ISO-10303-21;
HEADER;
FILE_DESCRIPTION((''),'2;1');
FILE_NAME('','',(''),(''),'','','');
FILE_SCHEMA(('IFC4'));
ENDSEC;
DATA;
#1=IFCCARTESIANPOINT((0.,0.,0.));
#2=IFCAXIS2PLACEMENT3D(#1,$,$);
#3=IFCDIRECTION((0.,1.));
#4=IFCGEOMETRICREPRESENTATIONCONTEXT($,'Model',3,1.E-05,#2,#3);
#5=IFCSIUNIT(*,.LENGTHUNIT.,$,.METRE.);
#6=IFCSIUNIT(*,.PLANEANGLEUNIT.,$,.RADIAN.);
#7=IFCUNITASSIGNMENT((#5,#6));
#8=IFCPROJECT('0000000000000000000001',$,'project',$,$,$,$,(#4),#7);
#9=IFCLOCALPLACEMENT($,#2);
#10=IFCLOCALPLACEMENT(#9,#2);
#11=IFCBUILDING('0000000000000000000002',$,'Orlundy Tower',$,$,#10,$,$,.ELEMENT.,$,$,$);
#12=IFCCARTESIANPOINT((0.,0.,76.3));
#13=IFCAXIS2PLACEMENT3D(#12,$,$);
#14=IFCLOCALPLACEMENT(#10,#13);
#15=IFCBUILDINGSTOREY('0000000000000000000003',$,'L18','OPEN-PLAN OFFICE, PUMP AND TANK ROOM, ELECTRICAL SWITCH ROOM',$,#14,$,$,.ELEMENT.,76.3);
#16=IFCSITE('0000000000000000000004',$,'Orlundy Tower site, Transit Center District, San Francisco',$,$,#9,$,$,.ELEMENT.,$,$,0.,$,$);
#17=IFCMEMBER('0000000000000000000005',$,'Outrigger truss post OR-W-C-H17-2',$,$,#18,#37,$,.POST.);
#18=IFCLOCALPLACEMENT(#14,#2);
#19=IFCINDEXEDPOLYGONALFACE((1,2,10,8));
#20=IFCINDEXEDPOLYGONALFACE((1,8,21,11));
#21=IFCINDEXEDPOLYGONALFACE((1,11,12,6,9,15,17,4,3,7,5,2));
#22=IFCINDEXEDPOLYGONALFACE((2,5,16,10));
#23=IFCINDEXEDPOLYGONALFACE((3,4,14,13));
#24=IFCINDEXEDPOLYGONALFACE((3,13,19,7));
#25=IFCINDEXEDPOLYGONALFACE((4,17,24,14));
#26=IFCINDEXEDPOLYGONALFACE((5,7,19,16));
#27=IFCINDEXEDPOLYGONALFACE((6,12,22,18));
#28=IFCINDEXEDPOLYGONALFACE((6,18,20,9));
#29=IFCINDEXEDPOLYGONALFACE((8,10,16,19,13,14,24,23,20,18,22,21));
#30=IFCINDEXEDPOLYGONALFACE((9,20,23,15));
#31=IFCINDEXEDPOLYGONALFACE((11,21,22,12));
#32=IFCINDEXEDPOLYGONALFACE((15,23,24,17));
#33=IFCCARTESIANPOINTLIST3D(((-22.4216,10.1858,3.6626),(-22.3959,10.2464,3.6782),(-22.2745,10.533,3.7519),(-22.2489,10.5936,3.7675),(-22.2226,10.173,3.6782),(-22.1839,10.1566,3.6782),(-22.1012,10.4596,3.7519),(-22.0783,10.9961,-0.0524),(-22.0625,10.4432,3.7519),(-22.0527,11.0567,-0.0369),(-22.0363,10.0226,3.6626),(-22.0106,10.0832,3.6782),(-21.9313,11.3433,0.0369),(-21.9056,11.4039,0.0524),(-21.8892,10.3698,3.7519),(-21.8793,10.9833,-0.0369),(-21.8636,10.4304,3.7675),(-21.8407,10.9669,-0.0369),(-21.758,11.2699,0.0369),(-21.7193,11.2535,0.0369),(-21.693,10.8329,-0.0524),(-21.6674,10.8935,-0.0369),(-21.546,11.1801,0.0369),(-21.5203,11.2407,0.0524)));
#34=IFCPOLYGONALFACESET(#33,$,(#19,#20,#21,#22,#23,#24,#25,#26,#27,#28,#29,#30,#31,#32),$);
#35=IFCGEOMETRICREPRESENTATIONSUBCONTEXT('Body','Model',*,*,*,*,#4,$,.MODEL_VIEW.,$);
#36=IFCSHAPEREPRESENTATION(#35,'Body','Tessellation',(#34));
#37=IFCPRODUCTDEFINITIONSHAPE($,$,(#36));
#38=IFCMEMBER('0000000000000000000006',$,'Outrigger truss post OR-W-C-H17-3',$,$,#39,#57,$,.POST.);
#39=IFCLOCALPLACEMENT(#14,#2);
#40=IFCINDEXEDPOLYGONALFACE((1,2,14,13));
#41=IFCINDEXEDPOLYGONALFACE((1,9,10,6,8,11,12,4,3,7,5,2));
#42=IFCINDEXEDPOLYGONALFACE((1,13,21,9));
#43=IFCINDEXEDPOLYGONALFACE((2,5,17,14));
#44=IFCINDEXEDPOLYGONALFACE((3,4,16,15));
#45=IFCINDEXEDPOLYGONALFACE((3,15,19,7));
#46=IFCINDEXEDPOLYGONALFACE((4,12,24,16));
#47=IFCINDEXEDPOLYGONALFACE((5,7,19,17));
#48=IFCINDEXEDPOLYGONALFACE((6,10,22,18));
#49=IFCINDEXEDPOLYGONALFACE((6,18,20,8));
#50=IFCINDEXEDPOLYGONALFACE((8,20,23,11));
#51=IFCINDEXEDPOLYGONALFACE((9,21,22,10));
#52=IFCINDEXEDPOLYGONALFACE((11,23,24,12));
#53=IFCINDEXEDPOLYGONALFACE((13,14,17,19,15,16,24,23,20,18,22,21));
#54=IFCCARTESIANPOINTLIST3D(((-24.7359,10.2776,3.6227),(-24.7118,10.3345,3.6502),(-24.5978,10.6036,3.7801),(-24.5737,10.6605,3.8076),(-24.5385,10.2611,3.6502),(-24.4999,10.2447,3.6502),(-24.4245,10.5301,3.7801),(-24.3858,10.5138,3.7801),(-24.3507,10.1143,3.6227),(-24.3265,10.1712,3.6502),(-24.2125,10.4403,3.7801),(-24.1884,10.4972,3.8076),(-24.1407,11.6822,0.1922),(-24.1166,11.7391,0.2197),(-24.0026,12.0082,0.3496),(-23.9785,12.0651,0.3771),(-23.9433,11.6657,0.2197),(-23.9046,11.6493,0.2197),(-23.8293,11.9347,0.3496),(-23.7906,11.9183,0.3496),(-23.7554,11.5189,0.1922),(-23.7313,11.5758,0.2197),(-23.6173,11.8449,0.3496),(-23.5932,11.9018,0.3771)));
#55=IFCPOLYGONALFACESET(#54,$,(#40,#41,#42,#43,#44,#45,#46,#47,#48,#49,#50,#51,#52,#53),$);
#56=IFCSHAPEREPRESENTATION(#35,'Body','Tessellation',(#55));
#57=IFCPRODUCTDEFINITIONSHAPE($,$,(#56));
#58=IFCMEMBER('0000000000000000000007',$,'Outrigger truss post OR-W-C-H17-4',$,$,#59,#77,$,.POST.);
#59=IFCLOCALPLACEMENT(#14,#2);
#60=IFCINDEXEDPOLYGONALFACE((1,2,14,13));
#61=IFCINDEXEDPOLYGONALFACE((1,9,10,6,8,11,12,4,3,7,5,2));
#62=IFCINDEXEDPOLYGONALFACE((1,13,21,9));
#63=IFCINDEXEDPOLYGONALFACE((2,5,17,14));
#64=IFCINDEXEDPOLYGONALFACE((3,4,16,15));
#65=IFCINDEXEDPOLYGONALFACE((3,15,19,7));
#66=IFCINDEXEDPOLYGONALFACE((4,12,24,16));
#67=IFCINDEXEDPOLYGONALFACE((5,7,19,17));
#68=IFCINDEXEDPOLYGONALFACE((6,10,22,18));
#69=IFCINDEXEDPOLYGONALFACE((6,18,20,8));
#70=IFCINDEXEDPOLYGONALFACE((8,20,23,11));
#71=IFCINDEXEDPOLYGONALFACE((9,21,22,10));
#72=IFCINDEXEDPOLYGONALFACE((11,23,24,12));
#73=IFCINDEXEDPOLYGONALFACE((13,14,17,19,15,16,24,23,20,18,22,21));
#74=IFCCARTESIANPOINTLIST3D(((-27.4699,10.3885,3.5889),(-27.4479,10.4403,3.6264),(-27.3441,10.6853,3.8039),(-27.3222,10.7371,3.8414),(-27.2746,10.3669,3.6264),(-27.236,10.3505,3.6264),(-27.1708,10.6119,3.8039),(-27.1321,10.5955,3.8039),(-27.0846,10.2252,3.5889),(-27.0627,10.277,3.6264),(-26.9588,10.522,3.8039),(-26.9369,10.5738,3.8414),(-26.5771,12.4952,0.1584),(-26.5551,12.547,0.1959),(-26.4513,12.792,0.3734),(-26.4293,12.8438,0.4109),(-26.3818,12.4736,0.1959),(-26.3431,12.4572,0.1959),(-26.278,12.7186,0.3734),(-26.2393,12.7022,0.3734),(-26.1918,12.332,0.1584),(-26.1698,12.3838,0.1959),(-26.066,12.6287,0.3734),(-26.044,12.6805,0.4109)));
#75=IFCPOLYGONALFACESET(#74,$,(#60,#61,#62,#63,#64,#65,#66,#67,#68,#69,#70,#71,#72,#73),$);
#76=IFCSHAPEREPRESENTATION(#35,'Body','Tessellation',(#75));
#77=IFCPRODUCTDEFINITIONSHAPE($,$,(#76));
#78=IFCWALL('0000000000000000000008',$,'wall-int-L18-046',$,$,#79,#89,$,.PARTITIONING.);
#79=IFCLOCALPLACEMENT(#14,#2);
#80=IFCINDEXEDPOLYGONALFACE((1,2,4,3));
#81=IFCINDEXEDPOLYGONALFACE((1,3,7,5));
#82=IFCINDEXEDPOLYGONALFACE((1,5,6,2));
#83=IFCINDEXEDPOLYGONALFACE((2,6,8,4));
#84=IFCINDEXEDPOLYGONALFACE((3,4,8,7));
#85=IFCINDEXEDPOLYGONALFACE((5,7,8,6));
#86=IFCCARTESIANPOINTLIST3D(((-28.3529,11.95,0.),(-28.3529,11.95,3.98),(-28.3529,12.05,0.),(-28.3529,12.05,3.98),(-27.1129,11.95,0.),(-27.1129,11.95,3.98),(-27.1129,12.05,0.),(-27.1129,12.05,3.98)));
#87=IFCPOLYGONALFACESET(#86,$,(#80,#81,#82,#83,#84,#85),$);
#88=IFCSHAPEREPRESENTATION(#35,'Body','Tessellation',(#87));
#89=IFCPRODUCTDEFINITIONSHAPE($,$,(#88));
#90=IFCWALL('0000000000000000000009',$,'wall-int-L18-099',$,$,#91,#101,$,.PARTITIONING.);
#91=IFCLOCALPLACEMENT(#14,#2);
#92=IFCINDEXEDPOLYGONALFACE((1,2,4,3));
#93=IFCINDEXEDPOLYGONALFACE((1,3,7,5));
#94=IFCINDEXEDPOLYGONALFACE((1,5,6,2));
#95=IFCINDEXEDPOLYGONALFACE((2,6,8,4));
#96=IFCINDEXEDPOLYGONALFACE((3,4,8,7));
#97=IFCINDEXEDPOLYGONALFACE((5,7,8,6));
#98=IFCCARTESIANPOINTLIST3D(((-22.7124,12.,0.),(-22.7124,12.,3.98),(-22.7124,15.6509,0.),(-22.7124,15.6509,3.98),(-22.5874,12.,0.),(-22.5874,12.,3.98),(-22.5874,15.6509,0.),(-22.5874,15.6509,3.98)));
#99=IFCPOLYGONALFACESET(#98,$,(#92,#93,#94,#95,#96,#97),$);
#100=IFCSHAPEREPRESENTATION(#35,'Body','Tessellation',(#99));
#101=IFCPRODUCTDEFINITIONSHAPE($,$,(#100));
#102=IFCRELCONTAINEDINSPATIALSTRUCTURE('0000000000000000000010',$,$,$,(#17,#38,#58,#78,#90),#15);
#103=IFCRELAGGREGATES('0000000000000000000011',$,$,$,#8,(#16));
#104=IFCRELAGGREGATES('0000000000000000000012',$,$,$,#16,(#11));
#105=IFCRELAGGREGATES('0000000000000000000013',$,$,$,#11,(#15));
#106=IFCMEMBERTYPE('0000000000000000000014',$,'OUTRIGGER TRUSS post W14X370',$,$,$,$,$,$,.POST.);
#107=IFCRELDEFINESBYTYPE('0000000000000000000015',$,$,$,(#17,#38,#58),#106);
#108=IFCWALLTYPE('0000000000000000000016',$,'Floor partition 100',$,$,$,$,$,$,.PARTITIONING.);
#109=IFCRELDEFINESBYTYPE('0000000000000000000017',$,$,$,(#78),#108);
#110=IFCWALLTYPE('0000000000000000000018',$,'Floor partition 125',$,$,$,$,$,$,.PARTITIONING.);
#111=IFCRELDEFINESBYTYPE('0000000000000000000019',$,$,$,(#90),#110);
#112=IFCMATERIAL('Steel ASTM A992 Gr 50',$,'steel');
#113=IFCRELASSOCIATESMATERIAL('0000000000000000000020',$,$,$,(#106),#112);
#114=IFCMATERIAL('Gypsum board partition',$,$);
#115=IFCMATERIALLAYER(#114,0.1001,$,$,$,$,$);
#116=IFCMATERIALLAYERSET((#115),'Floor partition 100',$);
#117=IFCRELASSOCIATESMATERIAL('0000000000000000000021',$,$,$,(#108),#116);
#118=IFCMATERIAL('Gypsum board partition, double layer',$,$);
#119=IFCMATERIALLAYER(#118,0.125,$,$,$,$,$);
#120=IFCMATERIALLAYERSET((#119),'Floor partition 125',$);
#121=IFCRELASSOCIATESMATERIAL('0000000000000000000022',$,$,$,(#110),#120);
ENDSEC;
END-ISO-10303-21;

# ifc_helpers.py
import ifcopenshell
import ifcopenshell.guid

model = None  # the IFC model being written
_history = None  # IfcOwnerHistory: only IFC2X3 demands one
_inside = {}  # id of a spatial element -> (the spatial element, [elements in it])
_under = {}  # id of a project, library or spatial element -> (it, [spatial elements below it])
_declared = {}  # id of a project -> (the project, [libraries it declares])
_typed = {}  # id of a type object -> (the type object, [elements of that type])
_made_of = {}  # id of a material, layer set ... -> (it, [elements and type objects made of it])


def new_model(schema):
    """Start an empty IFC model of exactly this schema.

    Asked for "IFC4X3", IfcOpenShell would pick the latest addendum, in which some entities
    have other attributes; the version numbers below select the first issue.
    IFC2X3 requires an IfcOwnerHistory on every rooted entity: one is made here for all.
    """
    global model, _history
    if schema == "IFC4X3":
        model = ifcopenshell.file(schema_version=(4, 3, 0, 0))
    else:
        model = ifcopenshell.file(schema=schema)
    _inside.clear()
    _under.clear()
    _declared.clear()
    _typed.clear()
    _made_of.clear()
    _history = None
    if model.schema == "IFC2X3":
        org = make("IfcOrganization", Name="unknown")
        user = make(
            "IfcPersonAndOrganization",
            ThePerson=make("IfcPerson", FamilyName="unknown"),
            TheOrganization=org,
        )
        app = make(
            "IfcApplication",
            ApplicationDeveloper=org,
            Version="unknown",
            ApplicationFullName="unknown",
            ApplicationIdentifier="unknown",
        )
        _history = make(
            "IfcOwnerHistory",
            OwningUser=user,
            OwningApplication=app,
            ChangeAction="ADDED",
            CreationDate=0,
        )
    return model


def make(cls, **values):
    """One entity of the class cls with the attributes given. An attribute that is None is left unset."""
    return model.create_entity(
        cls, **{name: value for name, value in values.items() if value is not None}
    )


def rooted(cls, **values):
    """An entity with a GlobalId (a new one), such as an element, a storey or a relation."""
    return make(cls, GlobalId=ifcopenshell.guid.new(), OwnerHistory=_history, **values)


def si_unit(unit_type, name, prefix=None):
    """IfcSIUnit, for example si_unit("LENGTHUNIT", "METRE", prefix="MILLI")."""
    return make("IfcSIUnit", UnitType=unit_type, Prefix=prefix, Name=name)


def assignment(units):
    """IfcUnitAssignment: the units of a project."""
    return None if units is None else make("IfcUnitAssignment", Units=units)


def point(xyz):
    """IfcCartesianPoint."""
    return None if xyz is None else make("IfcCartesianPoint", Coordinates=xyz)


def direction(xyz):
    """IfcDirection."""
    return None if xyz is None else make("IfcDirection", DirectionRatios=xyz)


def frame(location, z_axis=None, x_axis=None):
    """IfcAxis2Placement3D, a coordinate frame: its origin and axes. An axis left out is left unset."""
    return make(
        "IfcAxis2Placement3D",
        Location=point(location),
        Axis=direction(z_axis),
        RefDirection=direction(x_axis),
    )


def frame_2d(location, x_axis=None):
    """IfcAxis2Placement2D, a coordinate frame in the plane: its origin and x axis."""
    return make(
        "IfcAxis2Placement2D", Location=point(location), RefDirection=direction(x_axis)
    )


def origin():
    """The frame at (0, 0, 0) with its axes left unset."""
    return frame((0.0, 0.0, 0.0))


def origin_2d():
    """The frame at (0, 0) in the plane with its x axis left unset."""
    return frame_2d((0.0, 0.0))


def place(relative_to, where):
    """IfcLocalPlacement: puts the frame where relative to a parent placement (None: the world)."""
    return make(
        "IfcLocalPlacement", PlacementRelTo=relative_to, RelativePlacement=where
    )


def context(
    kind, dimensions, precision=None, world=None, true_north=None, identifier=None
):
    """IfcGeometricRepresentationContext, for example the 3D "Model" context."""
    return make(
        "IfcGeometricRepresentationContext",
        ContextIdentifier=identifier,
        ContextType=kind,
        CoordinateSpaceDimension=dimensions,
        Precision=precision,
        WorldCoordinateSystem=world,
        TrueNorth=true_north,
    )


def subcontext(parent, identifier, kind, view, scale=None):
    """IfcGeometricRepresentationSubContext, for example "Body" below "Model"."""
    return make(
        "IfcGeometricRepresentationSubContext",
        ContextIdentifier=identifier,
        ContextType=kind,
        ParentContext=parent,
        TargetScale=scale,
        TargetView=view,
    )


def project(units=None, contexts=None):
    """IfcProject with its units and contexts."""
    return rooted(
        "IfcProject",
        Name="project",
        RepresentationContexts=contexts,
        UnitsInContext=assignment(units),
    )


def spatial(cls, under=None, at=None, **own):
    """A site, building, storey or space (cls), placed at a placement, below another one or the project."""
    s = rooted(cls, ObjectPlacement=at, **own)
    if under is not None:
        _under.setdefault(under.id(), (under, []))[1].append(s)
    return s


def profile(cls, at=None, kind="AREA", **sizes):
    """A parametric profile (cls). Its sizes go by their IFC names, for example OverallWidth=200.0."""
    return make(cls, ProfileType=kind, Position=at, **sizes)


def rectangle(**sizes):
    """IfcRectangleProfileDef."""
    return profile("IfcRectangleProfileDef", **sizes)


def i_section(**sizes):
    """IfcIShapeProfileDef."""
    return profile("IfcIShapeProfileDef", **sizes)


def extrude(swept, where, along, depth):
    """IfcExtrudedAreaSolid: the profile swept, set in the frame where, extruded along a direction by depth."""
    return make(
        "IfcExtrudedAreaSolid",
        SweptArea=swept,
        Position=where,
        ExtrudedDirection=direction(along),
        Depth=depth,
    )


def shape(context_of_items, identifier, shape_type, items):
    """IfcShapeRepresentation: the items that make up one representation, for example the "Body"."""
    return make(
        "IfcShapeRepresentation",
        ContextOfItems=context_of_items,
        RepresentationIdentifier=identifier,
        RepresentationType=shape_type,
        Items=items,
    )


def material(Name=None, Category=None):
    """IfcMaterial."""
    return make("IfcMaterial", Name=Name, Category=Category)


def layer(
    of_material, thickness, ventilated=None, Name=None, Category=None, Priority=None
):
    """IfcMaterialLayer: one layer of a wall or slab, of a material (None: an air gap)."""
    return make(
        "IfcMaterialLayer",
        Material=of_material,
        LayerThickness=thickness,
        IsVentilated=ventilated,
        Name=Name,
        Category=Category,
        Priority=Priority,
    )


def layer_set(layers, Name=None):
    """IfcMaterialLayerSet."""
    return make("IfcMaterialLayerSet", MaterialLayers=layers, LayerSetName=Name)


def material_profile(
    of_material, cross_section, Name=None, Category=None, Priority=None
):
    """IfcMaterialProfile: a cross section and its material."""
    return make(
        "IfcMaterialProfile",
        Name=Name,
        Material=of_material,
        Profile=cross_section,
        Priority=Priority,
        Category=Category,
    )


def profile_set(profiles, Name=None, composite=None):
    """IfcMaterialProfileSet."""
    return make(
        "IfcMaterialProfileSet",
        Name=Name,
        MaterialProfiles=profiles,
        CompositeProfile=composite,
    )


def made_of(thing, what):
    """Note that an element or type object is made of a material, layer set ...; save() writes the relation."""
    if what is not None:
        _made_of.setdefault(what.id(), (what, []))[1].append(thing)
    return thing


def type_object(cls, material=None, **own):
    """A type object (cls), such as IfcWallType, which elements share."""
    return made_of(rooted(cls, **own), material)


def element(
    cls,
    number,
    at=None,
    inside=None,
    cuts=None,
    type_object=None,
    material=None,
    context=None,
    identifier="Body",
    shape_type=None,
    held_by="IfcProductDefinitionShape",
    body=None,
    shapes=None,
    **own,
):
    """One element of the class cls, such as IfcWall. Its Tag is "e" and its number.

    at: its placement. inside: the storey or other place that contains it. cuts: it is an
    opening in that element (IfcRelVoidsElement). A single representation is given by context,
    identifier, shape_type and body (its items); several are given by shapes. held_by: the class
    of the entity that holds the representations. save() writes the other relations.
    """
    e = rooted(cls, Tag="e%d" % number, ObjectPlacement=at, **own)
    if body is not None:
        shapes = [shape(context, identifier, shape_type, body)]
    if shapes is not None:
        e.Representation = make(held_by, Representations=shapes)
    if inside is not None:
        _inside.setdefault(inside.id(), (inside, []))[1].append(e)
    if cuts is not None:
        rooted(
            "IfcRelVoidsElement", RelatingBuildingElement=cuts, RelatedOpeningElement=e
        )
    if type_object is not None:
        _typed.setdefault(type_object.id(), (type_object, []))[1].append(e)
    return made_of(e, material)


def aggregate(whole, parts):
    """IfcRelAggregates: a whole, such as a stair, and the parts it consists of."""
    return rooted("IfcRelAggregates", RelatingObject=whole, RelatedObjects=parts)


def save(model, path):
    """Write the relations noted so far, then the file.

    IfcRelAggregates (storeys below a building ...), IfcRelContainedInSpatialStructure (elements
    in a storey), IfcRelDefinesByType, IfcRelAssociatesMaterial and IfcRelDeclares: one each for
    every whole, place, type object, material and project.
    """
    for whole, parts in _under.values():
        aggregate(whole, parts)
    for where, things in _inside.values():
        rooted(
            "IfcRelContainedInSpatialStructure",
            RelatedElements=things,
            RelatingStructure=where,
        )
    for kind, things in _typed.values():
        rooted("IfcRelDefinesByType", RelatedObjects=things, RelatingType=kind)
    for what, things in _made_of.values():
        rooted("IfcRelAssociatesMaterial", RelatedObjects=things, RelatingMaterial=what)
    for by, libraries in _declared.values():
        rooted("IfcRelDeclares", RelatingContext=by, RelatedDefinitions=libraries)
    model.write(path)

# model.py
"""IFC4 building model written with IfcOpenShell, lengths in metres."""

from ifc_helpers import new_model, si_unit, direction, frame, frame_2d, origin, origin_2d, place, context, subcontext, project, spatial, rectangle, i_section, extrude, material, layer, layer_set, material_profile, profile_set, type_object, element, save


model = new_model("IFC4")

# Units and contexts
model_context = context("Model", 3, precision=1e-05, world=origin(), true_north=direction((0.0, 1.0)))
body_context = subcontext(model_context, "Body", "Model", "MODEL_VIEW")
ifc_project = project(units=[si_unit("LENGTHUNIT", "METRE"), si_unit("PLANEANGLEUNIT", "RADIAN")], contexts=[model_context])

# Site, building, storey
site_placement = place(None, origin())
site = spatial("IfcSite", under=ifc_project, at=site_placement, Name="Orlundy Tower site, Transit Center District, San Francisco", CompositionType="ELEMENT", RefElevation=0.0)
building_placement = place(site_placement, origin())
building = spatial("IfcBuilding", under=site, at=building_placement, Name="Orlundy Tower", CompositionType="ELEMENT")
storey_placement = place(building_placement, frame((0.0, 0.0, 76.3)))
storey = spatial("IfcBuildingStorey", under=building, at=storey_placement, Name="L18", Description="OPEN-PLAN OFFICE, PUMP AND TANK ROOM, ELECTRICAL SWITCH ROOM", CompositionType="ELEMENT", Elevation=76.3)

# Members
ifc_material_1 = material(Name="Steel ASTM A992 Gr 50", Category="steel")
ifc_material_profile_1 = material_profile(ifc_material_1, i_section(OverallWidth=0.4185, OverallDepth=0.4551, WebThickness=0.042, FlangeThickness=0.0676, at=origin_2d()), Name="W14X370")
ifc_profile_set_1 = profile_set([ifc_material_profile_1], Name="Steel ASTM A992 Gr 50")
member_type_1 = type_object("IfcMemberType", Name="OUTRIGGER TRUSS post W14X370", PredefinedType="POST", material=ifc_profile_set_1)
member_1_placement = place(storey_placement, frame((-21.7993, 11.1184, 0.0), z_axis=(-0.089909, -0.212238, 0.973073), x_axis=(0.920787, -0.390065, 0.0)))
element("IfcMember", 1, at=member_1_placement, inside=storey, type_object=member_type_1, Name="Outrigger truss post OR-W-C-H17-2", PredefinedType="POST", context=body_context, shape_type="SweptSolid", body=[
    extrude(i_section(OverallWidth=0.4185, OverallDepth=0.4551, WebThickness=0.042, FlangeThickness=0.0676, at=origin_2d()), origin(), (0.0, 0.0, 1.0), 3.8179),
])
member_2_placement = place(storey_placement, frame((-23.8669, 11.792, 0.2847), z_axis=(-0.158542, -0.374115, 0.91373), x_axis=(0.920735, -0.390188, 0.0)))
element("IfcMember", 2, at=member_2_placement, inside=storey, type_object=member_type_1, Name="Outrigger truss post OR-W-C-H17-3", PredefinedType="POST", context=body_context, shape_type="SweptSolid", body=[
    extrude(i_section(OverallWidth=0.4185, OverallDepth=0.4551, WebThickness=0.042, FlangeThickness=0.0676, at=origin_2d()), origin(), (0.0, 0.0, 1.0), 3.7544),
])
member_3_placement = place(storey_placement, frame((-26.3105, 12.5879, 0.2847), z_axis=(-0.216522, -0.510901, 0.831924), x_axis=(0.920727, -0.390207, 0.0)))
element("IfcMember", 3, at=member_3_placement, inside=storey, type_object=member_type_1, Name="Outrigger truss post OR-W-C-H17-4", PredefinedType="POST", context=body_context, shape_type="SweptSolid", body=[
    extrude(i_section(OverallWidth=0.4185, OverallDepth=0.4551, WebThickness=0.042, FlangeThickness=0.0676, at=origin_2d()), origin(), (0.0, 0.0, 1.0), 4.1235),
])

# Walls
ifc_material_2 = material(Name="Gypsum board partition")
ifc_layer_1 = layer(ifc_material_2, 0.1001)
ifc_layer_set_1 = layer_set([ifc_layer_1], Name="Floor partition 100")
wall_type_1 = type_object("IfcWallType", Name="Floor partition 100", PredefinedType="PARTITIONING", material=ifc_layer_set_1)
wall_1_placement = place(storey_placement, frame((-28.353, 12.0, 0.0), z_axis=(0.0, 0.0, 1.0), x_axis=(1.0, 0.0, 0.0)))
element("IfcWall", 4, at=wall_1_placement, inside=storey, type_object=wall_type_1, Name="wall-int-L18-046", PredefinedType="PARTITIONING", context=body_context, shape_type="SweptSolid", body=[
    extrude(rectangle(XDim=1.24, YDim=0.1001, at=frame_2d((0.6201, 0.0))), origin(), (0.0, 0.0, 1.0), 3.98),
])
ifc_material_3 = material(Name="Gypsum board partition, double layer")
ifc_layer_2 = layer(ifc_material_3, 0.125)
ifc_layer_set_2 = layer_set([ifc_layer_2], Name="Floor partition 125")
wall_type_2 = type_object("IfcWallType", Name="Floor partition 125", PredefinedType="PARTITIONING", material=ifc_layer_set_2)
wall_2_placement = place(storey_placement, frame((-22.6499, 12.0, 0.0), z_axis=(0.0, 0.0, 1.0), x_axis=(0.0, 1.0, 0.0)))
element("IfcWall", 5, at=wall_2_placement, inside=storey, type_object=wall_type_2, Name="wall-int-L18-099", PredefinedType="PARTITIONING", context=body_context, shape_type="SweptSolid", body=[
    extrude(rectangle(XDim=3.6509, YDim=0.125, at=frame_2d((1.8254, 0.0))), origin(), (0.0, 0.0, 1.0), 3.98),
])

save(model, "model.ifc")
